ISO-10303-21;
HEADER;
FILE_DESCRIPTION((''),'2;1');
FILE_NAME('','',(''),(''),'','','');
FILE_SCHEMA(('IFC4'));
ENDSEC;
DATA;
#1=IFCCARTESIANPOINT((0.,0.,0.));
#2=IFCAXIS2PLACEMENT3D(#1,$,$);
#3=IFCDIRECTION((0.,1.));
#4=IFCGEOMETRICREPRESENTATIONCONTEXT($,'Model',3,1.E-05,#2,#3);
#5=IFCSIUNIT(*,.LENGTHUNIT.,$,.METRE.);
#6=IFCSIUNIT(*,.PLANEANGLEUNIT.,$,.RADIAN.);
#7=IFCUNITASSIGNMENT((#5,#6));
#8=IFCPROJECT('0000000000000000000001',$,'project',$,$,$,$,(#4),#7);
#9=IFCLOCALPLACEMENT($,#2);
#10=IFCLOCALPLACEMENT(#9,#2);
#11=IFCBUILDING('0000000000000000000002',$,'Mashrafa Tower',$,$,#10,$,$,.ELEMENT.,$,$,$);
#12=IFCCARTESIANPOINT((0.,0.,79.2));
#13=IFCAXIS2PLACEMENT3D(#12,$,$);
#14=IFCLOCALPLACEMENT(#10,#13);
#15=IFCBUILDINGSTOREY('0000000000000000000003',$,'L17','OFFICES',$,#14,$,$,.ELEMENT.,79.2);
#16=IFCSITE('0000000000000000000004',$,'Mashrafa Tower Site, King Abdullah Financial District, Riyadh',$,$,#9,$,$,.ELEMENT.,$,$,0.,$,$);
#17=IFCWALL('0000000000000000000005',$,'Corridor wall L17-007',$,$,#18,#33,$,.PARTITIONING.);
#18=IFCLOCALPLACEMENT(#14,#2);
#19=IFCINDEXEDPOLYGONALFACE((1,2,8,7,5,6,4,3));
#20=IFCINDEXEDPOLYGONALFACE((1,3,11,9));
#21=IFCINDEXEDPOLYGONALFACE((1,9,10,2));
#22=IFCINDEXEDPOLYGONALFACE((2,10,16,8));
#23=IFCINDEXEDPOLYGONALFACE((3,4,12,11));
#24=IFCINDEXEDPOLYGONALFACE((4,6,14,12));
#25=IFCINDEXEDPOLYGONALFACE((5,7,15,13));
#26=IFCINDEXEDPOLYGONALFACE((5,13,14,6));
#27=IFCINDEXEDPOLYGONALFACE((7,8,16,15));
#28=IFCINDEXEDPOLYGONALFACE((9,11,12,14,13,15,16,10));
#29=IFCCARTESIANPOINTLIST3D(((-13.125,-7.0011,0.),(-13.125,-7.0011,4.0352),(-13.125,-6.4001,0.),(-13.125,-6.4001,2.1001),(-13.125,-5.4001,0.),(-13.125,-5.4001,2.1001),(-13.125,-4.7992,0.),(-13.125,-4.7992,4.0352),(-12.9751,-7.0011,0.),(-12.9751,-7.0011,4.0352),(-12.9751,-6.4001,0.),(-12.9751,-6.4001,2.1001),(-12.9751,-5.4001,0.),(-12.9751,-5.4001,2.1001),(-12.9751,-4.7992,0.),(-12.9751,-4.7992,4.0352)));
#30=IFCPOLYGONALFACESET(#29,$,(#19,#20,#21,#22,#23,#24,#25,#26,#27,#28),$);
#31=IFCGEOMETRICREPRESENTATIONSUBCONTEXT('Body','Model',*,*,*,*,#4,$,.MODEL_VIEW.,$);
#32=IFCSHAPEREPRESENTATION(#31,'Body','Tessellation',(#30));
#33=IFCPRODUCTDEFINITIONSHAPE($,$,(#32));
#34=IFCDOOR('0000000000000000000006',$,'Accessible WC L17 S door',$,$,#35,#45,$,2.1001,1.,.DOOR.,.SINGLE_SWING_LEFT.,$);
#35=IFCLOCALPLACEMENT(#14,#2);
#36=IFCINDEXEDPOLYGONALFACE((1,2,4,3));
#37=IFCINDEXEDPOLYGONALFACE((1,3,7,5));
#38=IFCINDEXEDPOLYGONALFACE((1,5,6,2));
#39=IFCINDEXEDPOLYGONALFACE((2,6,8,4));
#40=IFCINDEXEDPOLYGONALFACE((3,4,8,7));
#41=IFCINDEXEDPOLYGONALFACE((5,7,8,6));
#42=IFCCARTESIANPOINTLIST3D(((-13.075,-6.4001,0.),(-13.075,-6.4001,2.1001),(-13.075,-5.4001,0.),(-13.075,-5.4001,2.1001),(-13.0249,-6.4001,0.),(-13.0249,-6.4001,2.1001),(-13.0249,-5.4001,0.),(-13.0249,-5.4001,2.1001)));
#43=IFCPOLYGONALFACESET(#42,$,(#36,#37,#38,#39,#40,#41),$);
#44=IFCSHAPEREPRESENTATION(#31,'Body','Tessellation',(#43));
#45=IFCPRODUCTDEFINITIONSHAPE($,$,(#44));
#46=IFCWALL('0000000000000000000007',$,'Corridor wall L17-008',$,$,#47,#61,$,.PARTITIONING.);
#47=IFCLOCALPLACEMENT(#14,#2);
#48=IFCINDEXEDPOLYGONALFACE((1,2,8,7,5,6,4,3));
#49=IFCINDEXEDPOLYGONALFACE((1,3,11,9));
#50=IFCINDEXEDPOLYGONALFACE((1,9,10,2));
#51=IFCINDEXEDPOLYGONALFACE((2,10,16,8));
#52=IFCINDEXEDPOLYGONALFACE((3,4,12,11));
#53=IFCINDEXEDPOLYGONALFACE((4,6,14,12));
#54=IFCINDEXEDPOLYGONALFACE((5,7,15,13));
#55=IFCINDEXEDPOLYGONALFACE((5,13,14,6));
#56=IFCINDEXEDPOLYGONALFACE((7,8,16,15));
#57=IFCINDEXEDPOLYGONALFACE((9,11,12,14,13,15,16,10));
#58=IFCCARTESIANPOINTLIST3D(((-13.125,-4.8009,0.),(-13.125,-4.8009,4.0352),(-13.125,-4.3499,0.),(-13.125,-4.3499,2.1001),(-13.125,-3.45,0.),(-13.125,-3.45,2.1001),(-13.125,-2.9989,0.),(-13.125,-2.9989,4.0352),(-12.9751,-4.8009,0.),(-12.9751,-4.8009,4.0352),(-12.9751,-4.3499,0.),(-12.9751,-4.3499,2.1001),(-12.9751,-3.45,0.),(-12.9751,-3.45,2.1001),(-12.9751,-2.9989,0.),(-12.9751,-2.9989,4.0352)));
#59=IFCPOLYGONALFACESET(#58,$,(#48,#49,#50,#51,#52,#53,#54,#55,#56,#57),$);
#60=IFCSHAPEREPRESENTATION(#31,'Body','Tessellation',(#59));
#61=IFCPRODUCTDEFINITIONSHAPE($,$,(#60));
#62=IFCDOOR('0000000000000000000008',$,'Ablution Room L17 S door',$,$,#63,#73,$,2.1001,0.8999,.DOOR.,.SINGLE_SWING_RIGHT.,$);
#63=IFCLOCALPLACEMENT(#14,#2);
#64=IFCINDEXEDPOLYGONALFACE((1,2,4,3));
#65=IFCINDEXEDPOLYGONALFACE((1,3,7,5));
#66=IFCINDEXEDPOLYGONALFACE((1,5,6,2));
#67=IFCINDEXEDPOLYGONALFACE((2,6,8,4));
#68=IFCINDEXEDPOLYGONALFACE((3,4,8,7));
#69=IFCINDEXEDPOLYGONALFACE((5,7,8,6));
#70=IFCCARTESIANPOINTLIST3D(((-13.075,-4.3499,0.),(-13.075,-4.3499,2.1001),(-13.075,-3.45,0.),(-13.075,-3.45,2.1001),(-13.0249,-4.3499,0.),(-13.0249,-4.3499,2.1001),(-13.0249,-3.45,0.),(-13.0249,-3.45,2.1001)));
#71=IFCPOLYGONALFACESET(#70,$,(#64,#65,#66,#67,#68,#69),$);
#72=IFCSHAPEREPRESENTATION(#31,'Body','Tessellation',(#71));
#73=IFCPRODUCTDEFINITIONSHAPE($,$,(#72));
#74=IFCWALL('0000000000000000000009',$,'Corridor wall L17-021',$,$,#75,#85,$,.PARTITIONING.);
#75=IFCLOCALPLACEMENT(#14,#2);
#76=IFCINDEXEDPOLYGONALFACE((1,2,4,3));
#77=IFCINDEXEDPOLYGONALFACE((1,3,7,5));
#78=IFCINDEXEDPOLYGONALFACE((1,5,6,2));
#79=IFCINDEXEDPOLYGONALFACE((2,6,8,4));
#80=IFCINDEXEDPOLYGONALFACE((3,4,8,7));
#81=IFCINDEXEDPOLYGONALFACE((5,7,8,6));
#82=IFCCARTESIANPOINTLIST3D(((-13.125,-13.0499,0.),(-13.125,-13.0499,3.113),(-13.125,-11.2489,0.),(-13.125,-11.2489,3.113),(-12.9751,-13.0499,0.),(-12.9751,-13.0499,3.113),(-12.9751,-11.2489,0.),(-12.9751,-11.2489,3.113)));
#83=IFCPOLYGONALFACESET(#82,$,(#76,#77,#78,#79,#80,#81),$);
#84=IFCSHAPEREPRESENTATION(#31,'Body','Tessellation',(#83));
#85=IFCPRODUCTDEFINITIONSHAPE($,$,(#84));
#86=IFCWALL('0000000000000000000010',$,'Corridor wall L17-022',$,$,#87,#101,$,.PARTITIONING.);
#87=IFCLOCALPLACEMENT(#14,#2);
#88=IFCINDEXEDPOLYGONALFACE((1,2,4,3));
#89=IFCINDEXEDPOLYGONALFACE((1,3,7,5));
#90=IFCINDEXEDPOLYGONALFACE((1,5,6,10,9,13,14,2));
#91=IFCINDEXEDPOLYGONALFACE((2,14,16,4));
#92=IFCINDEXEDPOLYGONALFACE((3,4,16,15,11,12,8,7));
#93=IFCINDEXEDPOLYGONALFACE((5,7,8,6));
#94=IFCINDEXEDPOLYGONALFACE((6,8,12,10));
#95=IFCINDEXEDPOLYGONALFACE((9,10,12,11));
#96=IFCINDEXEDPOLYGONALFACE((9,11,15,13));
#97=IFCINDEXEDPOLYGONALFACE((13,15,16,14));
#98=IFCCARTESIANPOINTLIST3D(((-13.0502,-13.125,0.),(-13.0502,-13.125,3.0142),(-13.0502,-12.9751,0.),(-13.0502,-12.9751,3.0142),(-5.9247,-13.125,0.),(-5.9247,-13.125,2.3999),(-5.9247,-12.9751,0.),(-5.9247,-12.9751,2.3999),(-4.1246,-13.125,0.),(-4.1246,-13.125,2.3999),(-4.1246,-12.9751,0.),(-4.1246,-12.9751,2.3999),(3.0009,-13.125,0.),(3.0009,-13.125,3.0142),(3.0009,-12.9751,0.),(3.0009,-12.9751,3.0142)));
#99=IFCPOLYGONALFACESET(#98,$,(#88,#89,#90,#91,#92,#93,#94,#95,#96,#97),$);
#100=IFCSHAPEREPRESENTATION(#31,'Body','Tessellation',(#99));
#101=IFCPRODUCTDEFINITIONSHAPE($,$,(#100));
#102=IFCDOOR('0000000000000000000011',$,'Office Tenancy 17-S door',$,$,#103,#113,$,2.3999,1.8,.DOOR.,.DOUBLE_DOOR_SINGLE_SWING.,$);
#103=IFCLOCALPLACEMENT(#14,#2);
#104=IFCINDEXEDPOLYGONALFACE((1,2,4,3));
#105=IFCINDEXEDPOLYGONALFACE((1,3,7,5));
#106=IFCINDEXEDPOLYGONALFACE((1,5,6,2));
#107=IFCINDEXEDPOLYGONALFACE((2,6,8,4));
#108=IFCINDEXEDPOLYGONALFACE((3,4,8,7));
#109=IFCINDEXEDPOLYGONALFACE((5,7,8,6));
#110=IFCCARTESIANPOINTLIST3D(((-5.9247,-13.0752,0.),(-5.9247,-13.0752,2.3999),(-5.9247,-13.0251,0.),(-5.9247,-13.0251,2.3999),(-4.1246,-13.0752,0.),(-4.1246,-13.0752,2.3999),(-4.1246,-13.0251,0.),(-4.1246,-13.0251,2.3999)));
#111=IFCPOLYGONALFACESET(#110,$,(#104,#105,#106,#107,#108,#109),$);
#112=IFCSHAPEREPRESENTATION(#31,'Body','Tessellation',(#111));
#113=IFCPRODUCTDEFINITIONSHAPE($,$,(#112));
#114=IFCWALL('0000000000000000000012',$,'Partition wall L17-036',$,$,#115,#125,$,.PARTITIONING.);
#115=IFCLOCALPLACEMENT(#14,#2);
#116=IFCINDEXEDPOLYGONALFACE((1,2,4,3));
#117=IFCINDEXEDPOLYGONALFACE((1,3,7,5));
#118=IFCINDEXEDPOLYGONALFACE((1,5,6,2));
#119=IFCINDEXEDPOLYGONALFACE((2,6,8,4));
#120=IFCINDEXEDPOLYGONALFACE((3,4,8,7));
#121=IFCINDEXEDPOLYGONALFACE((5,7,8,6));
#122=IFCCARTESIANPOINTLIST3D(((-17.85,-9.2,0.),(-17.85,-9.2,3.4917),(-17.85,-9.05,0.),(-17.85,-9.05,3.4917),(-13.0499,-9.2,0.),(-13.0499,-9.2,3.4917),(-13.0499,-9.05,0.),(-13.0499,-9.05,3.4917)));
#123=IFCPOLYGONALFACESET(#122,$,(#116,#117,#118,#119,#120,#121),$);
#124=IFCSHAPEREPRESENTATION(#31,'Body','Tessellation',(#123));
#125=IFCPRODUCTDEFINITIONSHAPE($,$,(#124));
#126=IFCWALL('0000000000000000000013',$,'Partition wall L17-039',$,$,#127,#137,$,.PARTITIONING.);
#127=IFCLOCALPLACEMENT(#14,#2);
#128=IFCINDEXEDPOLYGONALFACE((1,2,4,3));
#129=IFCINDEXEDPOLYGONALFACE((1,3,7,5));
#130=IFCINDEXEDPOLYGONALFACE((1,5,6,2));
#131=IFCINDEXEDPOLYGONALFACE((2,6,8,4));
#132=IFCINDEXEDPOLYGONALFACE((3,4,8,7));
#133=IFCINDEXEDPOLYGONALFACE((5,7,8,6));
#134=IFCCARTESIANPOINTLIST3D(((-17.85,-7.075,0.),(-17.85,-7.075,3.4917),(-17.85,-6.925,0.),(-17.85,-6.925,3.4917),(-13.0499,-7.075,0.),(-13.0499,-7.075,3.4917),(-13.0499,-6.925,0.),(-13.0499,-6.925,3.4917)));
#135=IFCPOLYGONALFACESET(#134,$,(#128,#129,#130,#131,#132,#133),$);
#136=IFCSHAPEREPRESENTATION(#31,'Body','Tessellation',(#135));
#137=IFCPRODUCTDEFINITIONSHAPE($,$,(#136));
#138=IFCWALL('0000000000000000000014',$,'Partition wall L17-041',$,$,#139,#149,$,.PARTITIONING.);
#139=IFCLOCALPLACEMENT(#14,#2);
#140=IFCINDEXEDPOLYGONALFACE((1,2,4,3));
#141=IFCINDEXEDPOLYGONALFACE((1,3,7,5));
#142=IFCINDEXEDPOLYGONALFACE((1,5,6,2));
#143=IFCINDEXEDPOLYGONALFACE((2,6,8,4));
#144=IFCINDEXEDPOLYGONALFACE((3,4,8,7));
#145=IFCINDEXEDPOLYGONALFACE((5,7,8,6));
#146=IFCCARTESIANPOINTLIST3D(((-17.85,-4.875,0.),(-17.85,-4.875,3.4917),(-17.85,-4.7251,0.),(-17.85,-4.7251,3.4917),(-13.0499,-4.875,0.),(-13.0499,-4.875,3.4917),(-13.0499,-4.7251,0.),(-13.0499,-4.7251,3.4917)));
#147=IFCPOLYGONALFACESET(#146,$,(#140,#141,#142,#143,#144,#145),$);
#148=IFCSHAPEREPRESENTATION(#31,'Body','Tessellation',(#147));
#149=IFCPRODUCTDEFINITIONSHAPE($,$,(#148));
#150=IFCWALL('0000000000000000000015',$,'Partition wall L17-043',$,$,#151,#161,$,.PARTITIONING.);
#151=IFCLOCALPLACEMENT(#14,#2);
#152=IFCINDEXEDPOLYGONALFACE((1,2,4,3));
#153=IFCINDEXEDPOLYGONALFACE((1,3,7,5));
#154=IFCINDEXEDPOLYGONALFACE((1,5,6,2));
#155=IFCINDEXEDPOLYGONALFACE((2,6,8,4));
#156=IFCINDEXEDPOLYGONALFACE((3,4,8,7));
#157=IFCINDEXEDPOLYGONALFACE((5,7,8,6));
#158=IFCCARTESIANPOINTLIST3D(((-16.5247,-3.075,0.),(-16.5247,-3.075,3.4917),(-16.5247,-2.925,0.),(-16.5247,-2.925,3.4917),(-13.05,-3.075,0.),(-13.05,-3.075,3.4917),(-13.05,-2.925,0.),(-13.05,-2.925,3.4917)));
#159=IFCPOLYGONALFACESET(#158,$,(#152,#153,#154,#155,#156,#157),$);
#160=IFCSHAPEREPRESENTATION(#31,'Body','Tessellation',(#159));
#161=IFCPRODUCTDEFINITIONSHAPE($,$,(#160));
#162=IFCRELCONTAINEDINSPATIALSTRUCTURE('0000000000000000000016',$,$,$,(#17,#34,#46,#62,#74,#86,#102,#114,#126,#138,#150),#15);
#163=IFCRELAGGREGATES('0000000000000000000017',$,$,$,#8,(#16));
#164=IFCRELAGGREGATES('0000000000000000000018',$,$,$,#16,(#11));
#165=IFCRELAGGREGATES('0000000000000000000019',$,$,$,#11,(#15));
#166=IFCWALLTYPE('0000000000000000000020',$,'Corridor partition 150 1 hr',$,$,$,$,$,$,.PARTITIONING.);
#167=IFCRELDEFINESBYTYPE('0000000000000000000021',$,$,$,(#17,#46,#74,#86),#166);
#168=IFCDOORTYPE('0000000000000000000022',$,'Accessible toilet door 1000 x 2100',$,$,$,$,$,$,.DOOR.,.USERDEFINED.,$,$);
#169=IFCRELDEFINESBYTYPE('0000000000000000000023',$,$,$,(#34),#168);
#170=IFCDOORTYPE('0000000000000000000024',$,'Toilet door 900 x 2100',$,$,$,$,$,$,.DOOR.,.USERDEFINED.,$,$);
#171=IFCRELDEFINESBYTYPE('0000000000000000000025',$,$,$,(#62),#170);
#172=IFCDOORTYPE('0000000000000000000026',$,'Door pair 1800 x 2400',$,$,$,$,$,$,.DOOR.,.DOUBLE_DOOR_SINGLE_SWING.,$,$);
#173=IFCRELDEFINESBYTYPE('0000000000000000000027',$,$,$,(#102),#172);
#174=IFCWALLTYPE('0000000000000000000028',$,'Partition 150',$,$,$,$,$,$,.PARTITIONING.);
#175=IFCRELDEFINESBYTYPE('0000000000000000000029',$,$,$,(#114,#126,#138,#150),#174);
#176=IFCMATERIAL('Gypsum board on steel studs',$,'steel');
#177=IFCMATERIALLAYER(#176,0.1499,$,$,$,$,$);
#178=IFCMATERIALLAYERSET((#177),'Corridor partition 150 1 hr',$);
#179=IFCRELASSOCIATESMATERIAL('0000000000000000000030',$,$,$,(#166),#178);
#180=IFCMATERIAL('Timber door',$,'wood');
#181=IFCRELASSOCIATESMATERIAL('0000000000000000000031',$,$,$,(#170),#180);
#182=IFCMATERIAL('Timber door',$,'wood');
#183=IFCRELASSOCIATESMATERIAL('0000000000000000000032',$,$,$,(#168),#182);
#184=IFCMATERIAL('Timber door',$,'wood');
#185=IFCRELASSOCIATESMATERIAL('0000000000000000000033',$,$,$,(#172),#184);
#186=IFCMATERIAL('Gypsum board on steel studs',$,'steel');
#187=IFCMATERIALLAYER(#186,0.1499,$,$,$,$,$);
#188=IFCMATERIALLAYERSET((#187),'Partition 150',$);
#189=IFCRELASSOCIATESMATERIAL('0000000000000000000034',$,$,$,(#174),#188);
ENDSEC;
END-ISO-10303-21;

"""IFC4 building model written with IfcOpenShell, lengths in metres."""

from ifc_helpers import new_model, si_unit, direction, frame, frame_2d, origin, place, context, subcontext, project, spatial, rectangle, extrude, material, layer, layer_set, type_object, element, fill, save


model = new_model("IFC4")

# Units and contexts
model_context = context("Model", 3, precision=1e-05, world=origin(), true_north=direction((0.0, 1.0)))
body_context = subcontext(model_context, "Body", "Model", "MODEL_VIEW")
ifc_project = project(units=[si_unit("LENGTHUNIT", "METRE"), si_unit("PLANEANGLEUNIT", "RADIAN")], contexts=[model_context])

# Site, building, storey
site_placement = place(None, origin())
site = spatial("IfcSite", under=ifc_project, at=site_placement, Name="Mashrafa Tower Site, King Abdullah Financial District, Riyadh", CompositionType="ELEMENT", RefElevation=0.0)
building_placement = place(site_placement, origin())
building = spatial("IfcBuilding", under=site, at=building_placement, Name="Mashrafa Tower", CompositionType="ELEMENT")
storey_placement = place(building_placement, frame((0.0, 0.0, 79.2)))
storey = spatial("IfcBuildingStorey", under=building, at=storey_placement, Name="L17", Description="OFFICES", CompositionType="ELEMENT", Elevation=79.2)

# Walls, openings, doors
ifc_material_1 = material(Name="Gypsum board on steel studs", Category="steel")
ifc_layer_1 = layer(ifc_material_1, 0.1499)
ifc_layer_set_1 = layer_set([ifc_layer_1], Name="Corridor partition 150 1 hr")
wall_type_1 = type_object("IfcWallType", Name="Corridor partition 150 1 hr", PredefinedType="PARTITIONING", material=ifc_layer_set_1)
ifc_material_2 = material(Name="Timber door", Category="wood")
door_type_1 = type_object("IfcDoorType", Name="Toilet door 900 x 2100", OperationType="USERDEFINED", PredefinedType="DOOR", material=ifc_material_2)
wall_1_placement = place(storey_placement, frame((-13.05, -4.7991, 0.0), z_axis=(0.0, 0.0, 1.0), x_axis=(0.0, -1.0, 0.0)))
wall_1 = element("IfcWall", 1, at=wall_1_placement, inside=storey, type_object=wall_type_1, Name="Corridor wall L17-007", PredefinedType="PARTITIONING", context=body_context, shape_type="SweptSolid", body=[
    extrude(rectangle(XDim=2.2019, YDim=0.1499, at=frame_2d((1.1011, 0.0))), origin(), (0.0, 0.0, 1.0), 4.0352),
])
opening_1_placement = place(wall_1_placement, frame((0.6011, 0.0, 0.0)))
opening_1 = element("IfcOpeningElement", 2, at=opening_1_placement, cuts=wall_1, PredefinedType="OPENING", context=body_context, shape_type="SweptSolid", body=[
    extrude(rectangle(XDim=1.0, YDim=2.1001, at=frame_2d((0.5, 1.05))), frame((0.0, 0.085, 0.0), z_axis=(0.0, -1.0, 0.0), x_axis=(1.0, 0.0, 0.0)), (0.0, 0.0, 1.0), 0.1699),
])
ifc_material_3 = material(Name="Timber door", Category="wood")
door_type_2 = type_object("IfcDoorType", Name="Accessible toilet door 1000 x 2100", OperationType="USERDEFINED", PredefinedType="DOOR", material=ifc_material_3)
door_1_placement = place(opening_1_placement, frame((1.0, 0.0, 0.0), z_axis=(0.0, 0.0, 1.0), x_axis=(-1.0, 0.0, 0.0)))
door_1 = element("IfcDoor", 3, at=door_1_placement, inside=storey, type_object=door_type_2, Name="Accessible WC L17 S door", OperationType="SINGLE_SWING_LEFT", OverallHeight=2.1001, OverallWidth=1.0, PredefinedType="DOOR", context=body_context, shape_type="SweptSolid", body=[
    extrude(rectangle(XDim=1.0, YDim=2.1001, at=frame_2d((0.5, 1.05))), frame((0.0, 0.0249, 0.0), z_axis=(0.0, -1.0, 0.0), x_axis=(1.0, 0.0, 0.0)), (0.0, 0.0, 1.0), 0.05),
])
fill(opening_1, door_1)
wall_2_placement = place(storey_placement, frame((-13.05, -2.999, 0.0), z_axis=(0.0, 0.0, 1.0), x_axis=(0.0, -1.0, 0.0)))
wall_2 = element("IfcWall", 4, at=wall_2_placement, inside=storey, type_object=wall_type_1, Name="Corridor wall L17-008", PredefinedType="PARTITIONING", context=body_context, shape_type="SweptSolid", body=[
    extrude(rectangle(XDim=1.802, YDim=0.1499, at=frame_2d((0.9009, 0.0))), origin(), (0.0, 0.0, 1.0), 4.0352),
])
opening_2_placement = place(wall_2_placement, frame((0.4509, 0.0, 0.0)))
opening_2 = element("IfcOpeningElement", 5, at=opening_2_placement, cuts=wall_2, PredefinedType="OPENING", context=body_context, shape_type="SweptSolid", body=[
    extrude(rectangle(XDim=0.8999, YDim=2.1001, at=frame_2d((0.45, 1.05))), frame((0.0, 0.085, 0.0), z_axis=(0.0, -1.0, 0.0), x_axis=(1.0, 0.0, 0.0)), (0.0, 0.0, 1.0), 0.1699),
])
door_2_placement = place(opening_2_placement, frame((0.8999, 0.0, 0.0), z_axis=(0.0, 0.0, 1.0), x_axis=(-1.0, 0.0, 0.0)))
door_2 = element("IfcDoor", 6, at=door_2_placement, inside=storey, type_object=door_type_1, Name="Ablution Room L17 S door", OperationType="SINGLE_SWING_RIGHT", OverallHeight=2.1001, OverallWidth=0.8999, PredefinedType="DOOR", context=body_context, shape_type="SweptSolid", body=[
    extrude(rectangle(XDim=0.8999, YDim=2.1001, at=frame_2d((0.45, 1.05))), frame((0.0, 0.0249, 0.0), z_axis=(0.0, -1.0, 0.0), x_axis=(1.0, 0.0, 0.0)), (0.0, 0.0, 1.0), 0.05),
])
fill(opening_2, door_2)

# Wall
wall_3_placement = place(storey_placement, frame((-13.05, -11.249, 0.0), z_axis=(0.0, 0.0, 1.0), x_axis=(0.0, -1.0, 0.0)))
element("IfcWall", 7, at=wall_3_placement, inside=storey, type_object=wall_type_1, Name="Corridor wall L17-021", PredefinedType="PARTITIONING", context=body_context, shape_type="SweptSolid", body=[
    extrude(rectangle(XDim=1.801, YDim=0.1499, at=frame_2d((0.9004, 0.0))), origin(), (0.0, 0.0, 1.0), 3.113),
])

# Wall, opening, door
wall_4_placement = place(storey_placement, frame((-13.05, -13.05, 0.0), z_axis=(0.0, 0.0, 1.0), x_axis=(1.0, 0.0, 0.0)))
wall_4 = element("IfcWall", 8, at=wall_4_placement, inside=storey, type_object=wall_type_1, Name="Corridor wall L17-022", PredefinedType="PARTITIONING", context=body_context, shape_type="SweptSolid", body=[
    extrude(rectangle(XDim=16.051, YDim=0.1499, at=frame_2d((8.0254, 0.0))), origin(), (0.0, 0.0, 1.0), 3.0142),
])
opening_3_placement = place(wall_4_placement, frame((7.1255, 0.0, 0.0)))
opening_3 = element("IfcOpeningElement", 9, at=opening_3_placement, cuts=wall_4, PredefinedType="OPENING", context=body_context, shape_type="SweptSolid", body=[
    extrude(rectangle(XDim=1.8, YDim=2.3999, at=frame_2d((0.8999, 1.2))), frame((0.0, 0.085, 0.0), z_axis=(0.0, -1.0, 0.0), x_axis=(1.0, 0.0, 0.0)), (0.0, 0.0, 1.0), 0.1699),
])
ifc_material_4 = material(Name="Timber door", Category="wood")
door_type_3 = type_object("IfcDoorType", Name="Door pair 1800 x 2400", OperationType="DOUBLE_DOOR_SINGLE_SWING", PredefinedType="DOOR", material=ifc_material_4)
door_3_placement = place(opening_3_placement, origin())
door_3 = element("IfcDoor", 10, at=door_3_placement, inside=storey, type_object=door_type_3, Name="Office Tenancy 17-S door", OperationType="DOUBLE_DOOR_SINGLE_SWING", OverallHeight=2.3999, OverallWidth=1.8, PredefinedType="DOOR", context=body_context, shape_type="SweptSolid", body=[
    extrude(rectangle(XDim=1.8, YDim=2.3999, at=frame_2d((0.8999, 1.2))), frame((0.0, 0.0249, 0.0), z_axis=(0.0, -1.0, 0.0), x_axis=(1.0, 0.0, 0.0)), (0.0, 0.0, 1.0), 0.05),
])
fill(opening_3, door_3)

# Walls
ifc_material_5 = material(Name="Gypsum board on steel studs", Category="steel")
ifc_layer_2 = layer(ifc_material_5, 0.1499)
ifc_layer_set_2 = layer_set([ifc_layer_2], Name="Partition 150")
wall_type_2 = type_object("IfcWallType", Name="Partition 150", PredefinedType="PARTITIONING", material=ifc_layer_set_2)
for number, where, z_axis, x_axis, name in (
    (11, (-13.05, -9.125, 0.0), (0.0, 0.0, 1.0), (-1.0, 0.0, 0.0), "Partition wall L17-036"),
    (12, (-13.05, -7.0, 0.0), (0.0, 0.0, 1.0), (-1.0, 0.0, 0.0), "Partition wall L17-039"),
    (13, (-13.05, -4.8, 0.0), (0.0, 0.0, 1.0), (-1.0, 0.0, 0.0), "Partition wall L17-041"),
):
    element("IfcWall", number, at=place(storey_placement, frame(where, z_axis=z_axis, x_axis=x_axis)), inside=storey, type_object=wall_type_2, Name=name, PredefinedType="PARTITIONING", context=body_context, shape_type="SweptSolid", body=[
        extrude(rectangle(XDim=4.8, YDim=0.1499, at=frame_2d((2.3999, 0.0))), origin(), (0.0, 0.0, 1.0), 3.4917),
    ])
wall_5_placement = place(storey_placement, frame((-13.05, -3.0, 0.0), z_axis=(0.0, 0.0, 1.0), x_axis=(-1.0, 0.0, 0.0)))
element("IfcWall", 14, at=wall_5_placement, inside=storey, type_object=wall_type_2, Name="Partition wall L17-043", PredefinedType="PARTITIONING", context=body_context, shape_type="SweptSolid", body=[
    extrude(rectangle(XDim=3.4746, YDim=0.1499, at=frame_2d((1.7373, 0.0))), origin(), (0.0, 0.0, 1.0), 3.4917),
])

save(model, "model.ifc")
